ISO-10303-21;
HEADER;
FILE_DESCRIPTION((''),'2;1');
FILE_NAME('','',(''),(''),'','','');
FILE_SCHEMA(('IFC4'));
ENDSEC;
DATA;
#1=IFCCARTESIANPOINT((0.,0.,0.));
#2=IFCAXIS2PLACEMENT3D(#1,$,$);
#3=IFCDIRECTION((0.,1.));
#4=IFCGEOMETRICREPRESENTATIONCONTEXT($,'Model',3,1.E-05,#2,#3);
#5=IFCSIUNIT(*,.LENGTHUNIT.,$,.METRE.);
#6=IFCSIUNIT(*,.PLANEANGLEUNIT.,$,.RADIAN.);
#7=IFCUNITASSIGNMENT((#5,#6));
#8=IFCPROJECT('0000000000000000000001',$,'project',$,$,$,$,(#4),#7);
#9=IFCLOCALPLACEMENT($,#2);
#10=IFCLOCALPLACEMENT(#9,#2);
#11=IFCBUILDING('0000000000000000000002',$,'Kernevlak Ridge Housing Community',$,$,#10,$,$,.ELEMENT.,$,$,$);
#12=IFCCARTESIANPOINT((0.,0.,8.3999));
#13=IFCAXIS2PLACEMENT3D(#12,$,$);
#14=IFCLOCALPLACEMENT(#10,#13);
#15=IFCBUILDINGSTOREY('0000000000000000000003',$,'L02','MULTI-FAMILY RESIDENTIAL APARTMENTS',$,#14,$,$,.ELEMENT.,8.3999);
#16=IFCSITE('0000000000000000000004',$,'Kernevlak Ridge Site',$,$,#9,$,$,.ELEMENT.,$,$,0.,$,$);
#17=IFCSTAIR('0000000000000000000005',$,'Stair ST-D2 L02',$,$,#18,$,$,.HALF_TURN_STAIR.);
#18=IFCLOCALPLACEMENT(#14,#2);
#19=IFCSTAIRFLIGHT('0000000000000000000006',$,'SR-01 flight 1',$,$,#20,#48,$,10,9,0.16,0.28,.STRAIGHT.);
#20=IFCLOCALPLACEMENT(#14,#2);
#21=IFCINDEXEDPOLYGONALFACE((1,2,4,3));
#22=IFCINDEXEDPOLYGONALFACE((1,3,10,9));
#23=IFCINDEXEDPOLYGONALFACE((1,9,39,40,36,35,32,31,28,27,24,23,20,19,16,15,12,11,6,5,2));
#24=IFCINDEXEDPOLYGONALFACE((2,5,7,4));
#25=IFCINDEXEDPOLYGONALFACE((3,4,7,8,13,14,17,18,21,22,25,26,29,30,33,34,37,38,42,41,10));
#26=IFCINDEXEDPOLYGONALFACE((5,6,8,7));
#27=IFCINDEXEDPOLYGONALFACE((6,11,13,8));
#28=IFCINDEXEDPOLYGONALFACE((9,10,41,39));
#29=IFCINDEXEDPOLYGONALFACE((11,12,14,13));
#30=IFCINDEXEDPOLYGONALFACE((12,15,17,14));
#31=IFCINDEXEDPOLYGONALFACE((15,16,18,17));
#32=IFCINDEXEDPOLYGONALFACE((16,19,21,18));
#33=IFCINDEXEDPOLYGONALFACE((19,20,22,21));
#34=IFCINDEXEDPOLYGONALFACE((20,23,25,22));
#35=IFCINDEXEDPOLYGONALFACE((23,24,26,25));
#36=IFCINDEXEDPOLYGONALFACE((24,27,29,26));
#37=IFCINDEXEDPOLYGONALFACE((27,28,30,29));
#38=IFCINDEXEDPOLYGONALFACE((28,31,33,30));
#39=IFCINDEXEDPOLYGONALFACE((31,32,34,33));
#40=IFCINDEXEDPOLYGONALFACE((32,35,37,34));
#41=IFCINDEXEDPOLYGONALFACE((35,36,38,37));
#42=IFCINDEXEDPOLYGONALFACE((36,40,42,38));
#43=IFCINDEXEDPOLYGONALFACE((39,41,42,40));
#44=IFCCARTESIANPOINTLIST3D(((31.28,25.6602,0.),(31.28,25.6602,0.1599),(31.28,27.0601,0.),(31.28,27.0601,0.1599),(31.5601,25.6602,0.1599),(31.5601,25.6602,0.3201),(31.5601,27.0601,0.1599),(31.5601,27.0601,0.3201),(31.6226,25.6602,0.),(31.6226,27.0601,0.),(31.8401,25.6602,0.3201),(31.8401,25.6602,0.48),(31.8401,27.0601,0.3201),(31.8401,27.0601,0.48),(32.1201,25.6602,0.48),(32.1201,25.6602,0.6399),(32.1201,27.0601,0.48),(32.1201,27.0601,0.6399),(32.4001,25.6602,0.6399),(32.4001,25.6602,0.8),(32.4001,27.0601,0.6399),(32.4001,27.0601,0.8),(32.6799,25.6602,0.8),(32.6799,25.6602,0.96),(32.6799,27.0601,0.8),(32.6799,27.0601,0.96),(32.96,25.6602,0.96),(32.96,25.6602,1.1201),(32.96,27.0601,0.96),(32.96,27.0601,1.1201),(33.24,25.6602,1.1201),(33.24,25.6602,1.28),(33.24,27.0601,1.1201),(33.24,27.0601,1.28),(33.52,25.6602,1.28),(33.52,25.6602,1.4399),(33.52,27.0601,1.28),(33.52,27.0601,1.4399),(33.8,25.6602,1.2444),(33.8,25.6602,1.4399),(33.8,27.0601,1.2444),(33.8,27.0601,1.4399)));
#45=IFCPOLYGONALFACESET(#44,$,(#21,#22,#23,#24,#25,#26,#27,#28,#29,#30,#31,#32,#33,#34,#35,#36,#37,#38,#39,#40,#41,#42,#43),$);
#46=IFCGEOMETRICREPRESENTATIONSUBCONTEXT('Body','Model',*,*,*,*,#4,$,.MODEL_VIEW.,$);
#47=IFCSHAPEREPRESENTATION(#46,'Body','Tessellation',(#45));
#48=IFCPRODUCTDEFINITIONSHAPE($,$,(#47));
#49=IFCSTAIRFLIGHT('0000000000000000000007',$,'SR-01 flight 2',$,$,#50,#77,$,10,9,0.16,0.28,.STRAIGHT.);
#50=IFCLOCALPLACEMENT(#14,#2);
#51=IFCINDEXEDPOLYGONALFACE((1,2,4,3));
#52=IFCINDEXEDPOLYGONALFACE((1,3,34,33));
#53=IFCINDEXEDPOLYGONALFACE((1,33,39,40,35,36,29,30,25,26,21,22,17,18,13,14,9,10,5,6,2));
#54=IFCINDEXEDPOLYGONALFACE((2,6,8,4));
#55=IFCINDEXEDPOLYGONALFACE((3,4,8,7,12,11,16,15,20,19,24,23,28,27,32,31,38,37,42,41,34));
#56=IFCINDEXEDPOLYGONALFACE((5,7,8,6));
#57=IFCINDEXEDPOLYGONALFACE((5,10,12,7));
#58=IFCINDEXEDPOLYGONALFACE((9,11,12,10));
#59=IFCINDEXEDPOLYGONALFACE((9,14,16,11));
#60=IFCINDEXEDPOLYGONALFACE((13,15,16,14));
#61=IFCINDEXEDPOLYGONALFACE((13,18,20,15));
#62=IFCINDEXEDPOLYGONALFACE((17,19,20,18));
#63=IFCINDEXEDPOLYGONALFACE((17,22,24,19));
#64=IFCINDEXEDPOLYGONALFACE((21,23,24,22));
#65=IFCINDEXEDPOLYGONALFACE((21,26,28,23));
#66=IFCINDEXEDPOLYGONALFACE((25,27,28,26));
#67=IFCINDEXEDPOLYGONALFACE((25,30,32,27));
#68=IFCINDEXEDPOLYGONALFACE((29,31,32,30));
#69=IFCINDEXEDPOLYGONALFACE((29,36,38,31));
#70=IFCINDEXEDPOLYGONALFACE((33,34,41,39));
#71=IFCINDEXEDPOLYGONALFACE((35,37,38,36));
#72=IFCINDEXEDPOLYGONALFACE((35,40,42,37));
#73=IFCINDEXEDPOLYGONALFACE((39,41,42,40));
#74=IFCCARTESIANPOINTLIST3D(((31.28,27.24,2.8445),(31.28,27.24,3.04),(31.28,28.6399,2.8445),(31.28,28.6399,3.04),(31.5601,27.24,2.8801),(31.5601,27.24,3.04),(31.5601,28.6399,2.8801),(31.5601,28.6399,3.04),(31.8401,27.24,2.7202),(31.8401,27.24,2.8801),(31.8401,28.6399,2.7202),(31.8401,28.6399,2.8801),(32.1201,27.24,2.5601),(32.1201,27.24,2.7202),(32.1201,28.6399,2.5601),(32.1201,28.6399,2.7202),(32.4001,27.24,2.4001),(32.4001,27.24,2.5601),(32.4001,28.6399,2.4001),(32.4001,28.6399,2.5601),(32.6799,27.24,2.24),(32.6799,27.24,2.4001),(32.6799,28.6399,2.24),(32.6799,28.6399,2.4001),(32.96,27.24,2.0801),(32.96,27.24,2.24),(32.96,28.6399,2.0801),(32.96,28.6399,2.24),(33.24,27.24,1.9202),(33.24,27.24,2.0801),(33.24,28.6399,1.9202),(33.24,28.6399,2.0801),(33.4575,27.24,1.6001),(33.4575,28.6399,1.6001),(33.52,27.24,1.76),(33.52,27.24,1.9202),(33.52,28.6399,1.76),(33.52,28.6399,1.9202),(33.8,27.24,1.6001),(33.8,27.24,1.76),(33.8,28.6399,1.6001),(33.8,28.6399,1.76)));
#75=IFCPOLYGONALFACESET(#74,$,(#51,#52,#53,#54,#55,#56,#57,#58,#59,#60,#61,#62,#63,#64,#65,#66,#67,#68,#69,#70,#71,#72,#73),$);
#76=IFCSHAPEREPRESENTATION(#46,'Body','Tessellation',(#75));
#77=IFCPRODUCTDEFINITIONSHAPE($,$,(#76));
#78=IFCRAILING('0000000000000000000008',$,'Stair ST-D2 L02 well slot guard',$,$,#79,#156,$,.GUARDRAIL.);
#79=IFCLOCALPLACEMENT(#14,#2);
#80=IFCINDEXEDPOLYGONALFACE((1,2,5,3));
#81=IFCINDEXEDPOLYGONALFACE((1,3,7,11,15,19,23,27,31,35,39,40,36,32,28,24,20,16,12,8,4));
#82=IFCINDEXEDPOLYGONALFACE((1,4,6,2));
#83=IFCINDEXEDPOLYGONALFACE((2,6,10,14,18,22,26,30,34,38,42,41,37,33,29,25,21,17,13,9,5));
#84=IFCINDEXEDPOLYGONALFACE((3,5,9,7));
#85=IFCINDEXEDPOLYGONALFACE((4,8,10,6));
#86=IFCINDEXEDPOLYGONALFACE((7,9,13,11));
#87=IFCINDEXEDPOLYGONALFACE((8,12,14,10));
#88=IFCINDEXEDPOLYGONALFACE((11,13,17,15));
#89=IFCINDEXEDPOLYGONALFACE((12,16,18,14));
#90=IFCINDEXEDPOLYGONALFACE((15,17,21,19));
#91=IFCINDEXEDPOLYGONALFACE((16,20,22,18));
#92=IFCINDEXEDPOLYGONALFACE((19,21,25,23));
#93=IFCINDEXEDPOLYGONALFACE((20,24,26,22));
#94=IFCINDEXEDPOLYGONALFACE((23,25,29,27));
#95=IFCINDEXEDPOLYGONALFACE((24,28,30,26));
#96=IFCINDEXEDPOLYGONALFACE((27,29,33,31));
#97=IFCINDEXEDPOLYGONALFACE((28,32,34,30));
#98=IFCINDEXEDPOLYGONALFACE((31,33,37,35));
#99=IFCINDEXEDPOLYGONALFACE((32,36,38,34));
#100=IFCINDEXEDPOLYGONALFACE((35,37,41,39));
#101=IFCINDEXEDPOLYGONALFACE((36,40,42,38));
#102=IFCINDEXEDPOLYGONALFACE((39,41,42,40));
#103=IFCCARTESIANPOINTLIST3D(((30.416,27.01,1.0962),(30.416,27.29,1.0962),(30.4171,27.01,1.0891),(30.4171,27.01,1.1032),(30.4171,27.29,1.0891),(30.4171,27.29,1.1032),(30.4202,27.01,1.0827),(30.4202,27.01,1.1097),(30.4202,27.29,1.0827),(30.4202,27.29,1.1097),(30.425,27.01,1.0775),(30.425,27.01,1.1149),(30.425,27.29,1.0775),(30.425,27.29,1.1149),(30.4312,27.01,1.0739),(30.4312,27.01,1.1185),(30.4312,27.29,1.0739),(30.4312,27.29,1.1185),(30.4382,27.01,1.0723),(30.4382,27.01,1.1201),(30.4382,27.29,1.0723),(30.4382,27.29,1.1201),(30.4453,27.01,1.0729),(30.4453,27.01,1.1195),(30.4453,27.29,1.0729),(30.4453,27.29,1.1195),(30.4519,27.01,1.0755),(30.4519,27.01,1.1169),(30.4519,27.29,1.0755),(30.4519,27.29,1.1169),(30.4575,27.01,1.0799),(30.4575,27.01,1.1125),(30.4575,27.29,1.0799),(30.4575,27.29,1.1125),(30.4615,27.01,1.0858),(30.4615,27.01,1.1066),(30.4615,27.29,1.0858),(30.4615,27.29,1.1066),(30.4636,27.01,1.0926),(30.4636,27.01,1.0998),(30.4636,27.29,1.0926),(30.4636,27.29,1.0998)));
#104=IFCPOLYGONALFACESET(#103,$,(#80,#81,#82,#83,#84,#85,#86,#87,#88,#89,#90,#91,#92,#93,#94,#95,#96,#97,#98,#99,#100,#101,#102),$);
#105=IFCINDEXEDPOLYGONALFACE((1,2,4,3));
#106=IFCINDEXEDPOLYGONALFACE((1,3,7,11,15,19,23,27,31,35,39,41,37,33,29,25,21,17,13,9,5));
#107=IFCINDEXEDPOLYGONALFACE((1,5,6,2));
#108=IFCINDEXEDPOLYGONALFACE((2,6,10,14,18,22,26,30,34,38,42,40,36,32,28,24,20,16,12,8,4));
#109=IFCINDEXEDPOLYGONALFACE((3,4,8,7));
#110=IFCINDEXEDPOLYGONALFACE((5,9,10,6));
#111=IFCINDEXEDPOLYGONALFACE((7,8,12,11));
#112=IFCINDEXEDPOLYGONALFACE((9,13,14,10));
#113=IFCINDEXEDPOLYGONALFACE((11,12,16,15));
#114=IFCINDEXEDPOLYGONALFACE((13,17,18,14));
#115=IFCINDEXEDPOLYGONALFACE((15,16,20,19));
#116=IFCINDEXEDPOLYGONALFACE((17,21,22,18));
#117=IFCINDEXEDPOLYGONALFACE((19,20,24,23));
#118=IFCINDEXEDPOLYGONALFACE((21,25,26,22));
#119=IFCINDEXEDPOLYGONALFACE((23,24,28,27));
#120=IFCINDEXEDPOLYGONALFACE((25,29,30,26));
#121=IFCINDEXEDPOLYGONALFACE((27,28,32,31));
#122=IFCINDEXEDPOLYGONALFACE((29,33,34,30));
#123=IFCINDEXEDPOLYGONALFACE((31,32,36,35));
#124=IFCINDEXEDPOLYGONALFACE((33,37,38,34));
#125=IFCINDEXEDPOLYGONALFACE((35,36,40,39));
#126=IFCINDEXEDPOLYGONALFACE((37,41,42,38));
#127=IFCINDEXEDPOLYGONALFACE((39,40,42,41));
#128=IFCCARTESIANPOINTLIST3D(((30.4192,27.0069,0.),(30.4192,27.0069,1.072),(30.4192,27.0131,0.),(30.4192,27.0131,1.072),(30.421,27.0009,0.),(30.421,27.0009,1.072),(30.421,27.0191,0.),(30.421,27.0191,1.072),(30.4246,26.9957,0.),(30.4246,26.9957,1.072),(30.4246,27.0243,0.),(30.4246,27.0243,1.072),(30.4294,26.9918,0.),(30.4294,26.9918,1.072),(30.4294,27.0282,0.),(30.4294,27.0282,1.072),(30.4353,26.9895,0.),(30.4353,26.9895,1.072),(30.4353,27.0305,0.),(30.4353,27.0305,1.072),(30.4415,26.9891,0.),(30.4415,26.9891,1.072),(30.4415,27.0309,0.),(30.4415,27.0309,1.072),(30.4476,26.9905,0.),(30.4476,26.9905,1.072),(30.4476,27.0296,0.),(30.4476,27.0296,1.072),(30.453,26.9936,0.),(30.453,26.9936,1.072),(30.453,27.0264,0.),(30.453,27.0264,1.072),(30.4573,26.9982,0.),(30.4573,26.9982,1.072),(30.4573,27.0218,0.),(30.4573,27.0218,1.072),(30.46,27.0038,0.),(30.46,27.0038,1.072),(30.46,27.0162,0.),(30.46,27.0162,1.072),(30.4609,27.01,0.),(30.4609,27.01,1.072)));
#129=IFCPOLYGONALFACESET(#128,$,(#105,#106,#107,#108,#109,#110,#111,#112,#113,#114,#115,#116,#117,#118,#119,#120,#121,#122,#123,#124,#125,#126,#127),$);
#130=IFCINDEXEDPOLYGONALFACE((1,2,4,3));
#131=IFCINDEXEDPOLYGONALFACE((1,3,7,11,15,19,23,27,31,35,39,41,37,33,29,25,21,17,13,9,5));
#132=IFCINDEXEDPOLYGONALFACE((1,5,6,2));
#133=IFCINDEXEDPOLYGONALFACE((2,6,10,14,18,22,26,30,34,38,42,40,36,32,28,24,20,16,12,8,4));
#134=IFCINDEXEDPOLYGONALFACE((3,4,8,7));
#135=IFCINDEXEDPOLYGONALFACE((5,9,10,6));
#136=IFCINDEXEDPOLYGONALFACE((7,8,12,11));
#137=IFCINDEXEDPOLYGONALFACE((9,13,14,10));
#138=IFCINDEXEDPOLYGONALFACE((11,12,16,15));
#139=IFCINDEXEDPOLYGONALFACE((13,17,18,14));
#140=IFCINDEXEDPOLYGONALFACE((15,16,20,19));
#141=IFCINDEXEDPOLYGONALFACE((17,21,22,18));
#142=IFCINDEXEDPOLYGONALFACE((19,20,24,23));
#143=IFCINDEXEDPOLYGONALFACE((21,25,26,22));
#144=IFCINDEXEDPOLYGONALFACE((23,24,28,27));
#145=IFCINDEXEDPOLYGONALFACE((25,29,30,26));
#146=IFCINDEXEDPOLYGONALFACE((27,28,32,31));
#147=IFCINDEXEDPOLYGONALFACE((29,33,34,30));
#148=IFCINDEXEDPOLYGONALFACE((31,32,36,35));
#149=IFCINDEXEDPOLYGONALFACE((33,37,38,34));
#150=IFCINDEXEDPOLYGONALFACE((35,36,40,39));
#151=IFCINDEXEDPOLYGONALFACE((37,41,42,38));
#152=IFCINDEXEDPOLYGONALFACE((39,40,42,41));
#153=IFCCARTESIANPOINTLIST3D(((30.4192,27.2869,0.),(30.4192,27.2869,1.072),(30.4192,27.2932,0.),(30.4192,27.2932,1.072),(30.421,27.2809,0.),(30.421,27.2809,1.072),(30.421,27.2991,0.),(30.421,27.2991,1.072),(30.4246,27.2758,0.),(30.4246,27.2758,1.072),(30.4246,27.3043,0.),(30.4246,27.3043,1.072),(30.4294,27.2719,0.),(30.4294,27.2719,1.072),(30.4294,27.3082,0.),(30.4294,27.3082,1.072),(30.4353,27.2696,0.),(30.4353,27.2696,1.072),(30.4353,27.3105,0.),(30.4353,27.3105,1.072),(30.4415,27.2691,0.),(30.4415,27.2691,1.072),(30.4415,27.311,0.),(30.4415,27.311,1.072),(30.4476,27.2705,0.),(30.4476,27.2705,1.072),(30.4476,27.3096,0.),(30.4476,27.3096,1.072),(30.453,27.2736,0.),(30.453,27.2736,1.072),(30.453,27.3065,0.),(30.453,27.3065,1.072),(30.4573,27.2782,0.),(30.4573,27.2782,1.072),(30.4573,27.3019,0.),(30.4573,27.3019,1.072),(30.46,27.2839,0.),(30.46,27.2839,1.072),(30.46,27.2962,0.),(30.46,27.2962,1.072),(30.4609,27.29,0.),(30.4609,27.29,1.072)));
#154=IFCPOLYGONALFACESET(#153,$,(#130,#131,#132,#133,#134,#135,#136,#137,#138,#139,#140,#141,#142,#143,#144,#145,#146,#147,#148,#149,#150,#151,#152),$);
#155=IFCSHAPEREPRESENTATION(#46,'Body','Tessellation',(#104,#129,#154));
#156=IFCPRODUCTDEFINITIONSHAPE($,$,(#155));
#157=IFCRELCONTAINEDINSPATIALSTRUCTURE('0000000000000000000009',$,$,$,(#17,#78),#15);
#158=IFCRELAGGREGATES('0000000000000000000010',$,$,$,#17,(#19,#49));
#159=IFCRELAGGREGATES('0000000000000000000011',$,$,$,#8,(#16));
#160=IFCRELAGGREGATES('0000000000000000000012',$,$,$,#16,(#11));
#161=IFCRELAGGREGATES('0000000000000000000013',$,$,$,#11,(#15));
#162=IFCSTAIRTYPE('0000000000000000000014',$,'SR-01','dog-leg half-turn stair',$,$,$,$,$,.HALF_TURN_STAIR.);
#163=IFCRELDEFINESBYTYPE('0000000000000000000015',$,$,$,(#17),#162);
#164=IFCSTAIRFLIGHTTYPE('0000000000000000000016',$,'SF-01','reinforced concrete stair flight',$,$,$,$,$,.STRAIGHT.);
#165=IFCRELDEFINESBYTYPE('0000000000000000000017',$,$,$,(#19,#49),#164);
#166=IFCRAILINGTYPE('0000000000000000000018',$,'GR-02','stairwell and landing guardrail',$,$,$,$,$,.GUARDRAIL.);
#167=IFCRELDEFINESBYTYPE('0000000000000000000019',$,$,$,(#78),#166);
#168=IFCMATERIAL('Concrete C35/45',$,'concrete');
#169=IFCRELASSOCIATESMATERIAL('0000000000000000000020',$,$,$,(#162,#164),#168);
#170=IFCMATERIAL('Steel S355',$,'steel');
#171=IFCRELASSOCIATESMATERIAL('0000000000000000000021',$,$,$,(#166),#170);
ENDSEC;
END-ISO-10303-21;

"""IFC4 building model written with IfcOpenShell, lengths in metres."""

from ifc_helpers import new_model, si_unit, direction, frame, origin, origin_2d, place, context, subcontext, project, spatial, polyline, circle, outline, extrude, material, type_object, element, aggregate, save


model = new_model("IFC4")

# Units and contexts
model_context = context("Model", 3, precision=1e-05, world=origin(), true_north=direction((0.0, 1.0)))
body_context = subcontext(model_context, "Body", "Model", "MODEL_VIEW")
ifc_project = project(units=[si_unit("LENGTHUNIT", "METRE"), si_unit("PLANEANGLEUNIT", "RADIAN")], contexts=[model_context])

# Site, building, storey
site_placement = place(None, origin())
site = spatial("IfcSite", under=ifc_project, at=site_placement, Name="Kernevlak Ridge Site", CompositionType="ELEMENT", RefElevation=0.0)
building_placement = place(site_placement, origin())
building = spatial("IfcBuilding", under=site, at=building_placement, Name="Kernevlak Ridge Housing Community", CompositionType="ELEMENT")
storey_placement = place(building_placement, frame((0.0, 0.0, 8.3999)))
storey = spatial("IfcBuildingStorey", under=building, at=storey_placement, Name="L02", Description="MULTI-FAMILY RESIDENTIAL APARTMENTS", CompositionType="ELEMENT", Elevation=8.3999)

# Shared definitions
ifc_material_1 = material(Name="Concrete C35/45", Category="concrete")

# Stair, stair flights
stair_type = type_object("IfcStairType", Name="SR-01", Description="dog-leg half-turn stair", PredefinedType="HALF_TURN_STAIR", material=ifc_material_1)
stair_placement = place(storey_placement, origin())
stair = element("IfcStair", 1, at=stair_placement, inside=storey, type_object=stair_type, Name="Stair ST-D2 L02", PredefinedType="HALF_TURN_STAIR")
stair_flight_type = type_object("IfcStairFlightType", Name="SF-01", Description="reinforced concrete stair flight", PredefinedType="STRAIGHT", material=ifc_material_1)
stair_flight_1_placement = place(storey_placement, frame((31.28, 26.3601, 0.0), z_axis=(0.0, 0.0, 1.0), x_axis=(1.0, 0.0, 0.0)))
stair_flight_1 = element("IfcStairFlight", 2, at=stair_flight_1_placement, type_object=stair_flight_type, Name="SR-01 flight 1", NumberOfRisers=10, NumberOfTreads=9, PredefinedType="STRAIGHT", RiserHeight=0.16, TreadLength=0.28, context=body_context, shape_type="SweptSolid", body=[
    extrude(outline(polyline([(0.0, 0.0), (0.0, 0.1599), (0.28, 0.1599), (0.28, 0.3201), (0.5601, 0.3201), (0.5601, 0.48), (0.8401, 0.48), (0.8401, 0.6399), (1.1201, 0.6399), (1.1201, 0.8), (1.3999, 0.8), (1.3999, 0.96), (1.6799, 0.96), (1.6799, 1.1201), (1.96, 1.1201), (1.96, 1.28), (2.24, 1.28), (2.24, 1.4399), (2.52, 1.4399), (2.52, 1.6001), (2.52, 1.2444), (0.3425, 0.0), (0.0, 0.0)])), frame((0.0, 0.7, 0.0), z_axis=(0.0, -1.0, 0.0), x_axis=(1.0, 0.0, 0.0)), (0.0, 0.0, 1.0), 1.3999),
])
stair_flight_2_placement = place(storey_placement, frame((33.8, 27.9399, 1.6001), z_axis=(0.0, 0.0, 1.0), x_axis=(-1.0, 0.0, 0.0)))
stair_flight_2 = element("IfcStairFlight", 3, at=stair_flight_2_placement, type_object=stair_flight_type, Name="SR-01 flight 2", NumberOfRisers=10, NumberOfTreads=9, PredefinedType="STRAIGHT", RiserHeight=0.16, TreadLength=0.28, context=body_context, shape_type="SweptSolid", body=[
    extrude(outline(polyline([(0.0, 0.0), (0.0, 0.1599), (0.28, 0.1599), (0.28, 0.3201), (0.5601, 0.3201), (0.5601, 0.48), (0.8401, 0.48), (0.8401, 0.6399), (1.1201, 0.6399), (1.1201, 0.8), (1.3999, 0.8), (1.3999, 0.96), (1.6799, 0.96), (1.6799, 1.1201), (1.96, 1.1201), (1.96, 1.28), (2.24, 1.28), (2.24, 1.4399), (2.52, 1.4399), (2.52, 1.6001), (2.52, 1.2444), (0.3425, 0.0), (0.0, 0.0)])), frame((0.0, 0.7, 0.0), z_axis=(0.0, -1.0, 0.0), x_axis=(1.0, 0.0, 0.0)), (0.0, 0.0, 1.0), 1.3999),
])
aggregate(stair, [stair_flight_1, stair_flight_2])

# Railing
ifc_material_2 = material(Name="Steel S355", Category="steel")
railing_type_1 = type_object("IfcRailingType", Name="GR-02", Description="stairwell and landing guardrail", PredefinedType="GUARDRAIL", material=ifc_material_2)
railing_1_placement = place(storey_placement, frame((30.4399, 27.01, 0.0)))
element("IfcRailing", 4, at=railing_1_placement, inside=storey, type_object=railing_type_1, Name="Stair ST-D2 L02 well slot guard", PredefinedType="GUARDRAIL", context=body_context, shape_type="SweptSolid", body=[
    extrude(circle(Radius=0.0239, at=origin_2d()), frame((0.0, 0.0, 1.0962), z_axis=(0.0, 1.0, 0.0), x_axis=(-1.0, 0.0, 0.0)), (0.0, 0.0, 1.0), 0.28),
    extrude(circle(Radius=0.021, at=origin_2d()), origin(), (0.0, 0.0, 1.0), 1.072),
    extrude(circle(Radius=0.021, at=origin_2d()), frame((0.0, 0.28, 0.0)), (0.0, 0.0, 1.0), 1.072),
])

save(model, "model.ifc")
